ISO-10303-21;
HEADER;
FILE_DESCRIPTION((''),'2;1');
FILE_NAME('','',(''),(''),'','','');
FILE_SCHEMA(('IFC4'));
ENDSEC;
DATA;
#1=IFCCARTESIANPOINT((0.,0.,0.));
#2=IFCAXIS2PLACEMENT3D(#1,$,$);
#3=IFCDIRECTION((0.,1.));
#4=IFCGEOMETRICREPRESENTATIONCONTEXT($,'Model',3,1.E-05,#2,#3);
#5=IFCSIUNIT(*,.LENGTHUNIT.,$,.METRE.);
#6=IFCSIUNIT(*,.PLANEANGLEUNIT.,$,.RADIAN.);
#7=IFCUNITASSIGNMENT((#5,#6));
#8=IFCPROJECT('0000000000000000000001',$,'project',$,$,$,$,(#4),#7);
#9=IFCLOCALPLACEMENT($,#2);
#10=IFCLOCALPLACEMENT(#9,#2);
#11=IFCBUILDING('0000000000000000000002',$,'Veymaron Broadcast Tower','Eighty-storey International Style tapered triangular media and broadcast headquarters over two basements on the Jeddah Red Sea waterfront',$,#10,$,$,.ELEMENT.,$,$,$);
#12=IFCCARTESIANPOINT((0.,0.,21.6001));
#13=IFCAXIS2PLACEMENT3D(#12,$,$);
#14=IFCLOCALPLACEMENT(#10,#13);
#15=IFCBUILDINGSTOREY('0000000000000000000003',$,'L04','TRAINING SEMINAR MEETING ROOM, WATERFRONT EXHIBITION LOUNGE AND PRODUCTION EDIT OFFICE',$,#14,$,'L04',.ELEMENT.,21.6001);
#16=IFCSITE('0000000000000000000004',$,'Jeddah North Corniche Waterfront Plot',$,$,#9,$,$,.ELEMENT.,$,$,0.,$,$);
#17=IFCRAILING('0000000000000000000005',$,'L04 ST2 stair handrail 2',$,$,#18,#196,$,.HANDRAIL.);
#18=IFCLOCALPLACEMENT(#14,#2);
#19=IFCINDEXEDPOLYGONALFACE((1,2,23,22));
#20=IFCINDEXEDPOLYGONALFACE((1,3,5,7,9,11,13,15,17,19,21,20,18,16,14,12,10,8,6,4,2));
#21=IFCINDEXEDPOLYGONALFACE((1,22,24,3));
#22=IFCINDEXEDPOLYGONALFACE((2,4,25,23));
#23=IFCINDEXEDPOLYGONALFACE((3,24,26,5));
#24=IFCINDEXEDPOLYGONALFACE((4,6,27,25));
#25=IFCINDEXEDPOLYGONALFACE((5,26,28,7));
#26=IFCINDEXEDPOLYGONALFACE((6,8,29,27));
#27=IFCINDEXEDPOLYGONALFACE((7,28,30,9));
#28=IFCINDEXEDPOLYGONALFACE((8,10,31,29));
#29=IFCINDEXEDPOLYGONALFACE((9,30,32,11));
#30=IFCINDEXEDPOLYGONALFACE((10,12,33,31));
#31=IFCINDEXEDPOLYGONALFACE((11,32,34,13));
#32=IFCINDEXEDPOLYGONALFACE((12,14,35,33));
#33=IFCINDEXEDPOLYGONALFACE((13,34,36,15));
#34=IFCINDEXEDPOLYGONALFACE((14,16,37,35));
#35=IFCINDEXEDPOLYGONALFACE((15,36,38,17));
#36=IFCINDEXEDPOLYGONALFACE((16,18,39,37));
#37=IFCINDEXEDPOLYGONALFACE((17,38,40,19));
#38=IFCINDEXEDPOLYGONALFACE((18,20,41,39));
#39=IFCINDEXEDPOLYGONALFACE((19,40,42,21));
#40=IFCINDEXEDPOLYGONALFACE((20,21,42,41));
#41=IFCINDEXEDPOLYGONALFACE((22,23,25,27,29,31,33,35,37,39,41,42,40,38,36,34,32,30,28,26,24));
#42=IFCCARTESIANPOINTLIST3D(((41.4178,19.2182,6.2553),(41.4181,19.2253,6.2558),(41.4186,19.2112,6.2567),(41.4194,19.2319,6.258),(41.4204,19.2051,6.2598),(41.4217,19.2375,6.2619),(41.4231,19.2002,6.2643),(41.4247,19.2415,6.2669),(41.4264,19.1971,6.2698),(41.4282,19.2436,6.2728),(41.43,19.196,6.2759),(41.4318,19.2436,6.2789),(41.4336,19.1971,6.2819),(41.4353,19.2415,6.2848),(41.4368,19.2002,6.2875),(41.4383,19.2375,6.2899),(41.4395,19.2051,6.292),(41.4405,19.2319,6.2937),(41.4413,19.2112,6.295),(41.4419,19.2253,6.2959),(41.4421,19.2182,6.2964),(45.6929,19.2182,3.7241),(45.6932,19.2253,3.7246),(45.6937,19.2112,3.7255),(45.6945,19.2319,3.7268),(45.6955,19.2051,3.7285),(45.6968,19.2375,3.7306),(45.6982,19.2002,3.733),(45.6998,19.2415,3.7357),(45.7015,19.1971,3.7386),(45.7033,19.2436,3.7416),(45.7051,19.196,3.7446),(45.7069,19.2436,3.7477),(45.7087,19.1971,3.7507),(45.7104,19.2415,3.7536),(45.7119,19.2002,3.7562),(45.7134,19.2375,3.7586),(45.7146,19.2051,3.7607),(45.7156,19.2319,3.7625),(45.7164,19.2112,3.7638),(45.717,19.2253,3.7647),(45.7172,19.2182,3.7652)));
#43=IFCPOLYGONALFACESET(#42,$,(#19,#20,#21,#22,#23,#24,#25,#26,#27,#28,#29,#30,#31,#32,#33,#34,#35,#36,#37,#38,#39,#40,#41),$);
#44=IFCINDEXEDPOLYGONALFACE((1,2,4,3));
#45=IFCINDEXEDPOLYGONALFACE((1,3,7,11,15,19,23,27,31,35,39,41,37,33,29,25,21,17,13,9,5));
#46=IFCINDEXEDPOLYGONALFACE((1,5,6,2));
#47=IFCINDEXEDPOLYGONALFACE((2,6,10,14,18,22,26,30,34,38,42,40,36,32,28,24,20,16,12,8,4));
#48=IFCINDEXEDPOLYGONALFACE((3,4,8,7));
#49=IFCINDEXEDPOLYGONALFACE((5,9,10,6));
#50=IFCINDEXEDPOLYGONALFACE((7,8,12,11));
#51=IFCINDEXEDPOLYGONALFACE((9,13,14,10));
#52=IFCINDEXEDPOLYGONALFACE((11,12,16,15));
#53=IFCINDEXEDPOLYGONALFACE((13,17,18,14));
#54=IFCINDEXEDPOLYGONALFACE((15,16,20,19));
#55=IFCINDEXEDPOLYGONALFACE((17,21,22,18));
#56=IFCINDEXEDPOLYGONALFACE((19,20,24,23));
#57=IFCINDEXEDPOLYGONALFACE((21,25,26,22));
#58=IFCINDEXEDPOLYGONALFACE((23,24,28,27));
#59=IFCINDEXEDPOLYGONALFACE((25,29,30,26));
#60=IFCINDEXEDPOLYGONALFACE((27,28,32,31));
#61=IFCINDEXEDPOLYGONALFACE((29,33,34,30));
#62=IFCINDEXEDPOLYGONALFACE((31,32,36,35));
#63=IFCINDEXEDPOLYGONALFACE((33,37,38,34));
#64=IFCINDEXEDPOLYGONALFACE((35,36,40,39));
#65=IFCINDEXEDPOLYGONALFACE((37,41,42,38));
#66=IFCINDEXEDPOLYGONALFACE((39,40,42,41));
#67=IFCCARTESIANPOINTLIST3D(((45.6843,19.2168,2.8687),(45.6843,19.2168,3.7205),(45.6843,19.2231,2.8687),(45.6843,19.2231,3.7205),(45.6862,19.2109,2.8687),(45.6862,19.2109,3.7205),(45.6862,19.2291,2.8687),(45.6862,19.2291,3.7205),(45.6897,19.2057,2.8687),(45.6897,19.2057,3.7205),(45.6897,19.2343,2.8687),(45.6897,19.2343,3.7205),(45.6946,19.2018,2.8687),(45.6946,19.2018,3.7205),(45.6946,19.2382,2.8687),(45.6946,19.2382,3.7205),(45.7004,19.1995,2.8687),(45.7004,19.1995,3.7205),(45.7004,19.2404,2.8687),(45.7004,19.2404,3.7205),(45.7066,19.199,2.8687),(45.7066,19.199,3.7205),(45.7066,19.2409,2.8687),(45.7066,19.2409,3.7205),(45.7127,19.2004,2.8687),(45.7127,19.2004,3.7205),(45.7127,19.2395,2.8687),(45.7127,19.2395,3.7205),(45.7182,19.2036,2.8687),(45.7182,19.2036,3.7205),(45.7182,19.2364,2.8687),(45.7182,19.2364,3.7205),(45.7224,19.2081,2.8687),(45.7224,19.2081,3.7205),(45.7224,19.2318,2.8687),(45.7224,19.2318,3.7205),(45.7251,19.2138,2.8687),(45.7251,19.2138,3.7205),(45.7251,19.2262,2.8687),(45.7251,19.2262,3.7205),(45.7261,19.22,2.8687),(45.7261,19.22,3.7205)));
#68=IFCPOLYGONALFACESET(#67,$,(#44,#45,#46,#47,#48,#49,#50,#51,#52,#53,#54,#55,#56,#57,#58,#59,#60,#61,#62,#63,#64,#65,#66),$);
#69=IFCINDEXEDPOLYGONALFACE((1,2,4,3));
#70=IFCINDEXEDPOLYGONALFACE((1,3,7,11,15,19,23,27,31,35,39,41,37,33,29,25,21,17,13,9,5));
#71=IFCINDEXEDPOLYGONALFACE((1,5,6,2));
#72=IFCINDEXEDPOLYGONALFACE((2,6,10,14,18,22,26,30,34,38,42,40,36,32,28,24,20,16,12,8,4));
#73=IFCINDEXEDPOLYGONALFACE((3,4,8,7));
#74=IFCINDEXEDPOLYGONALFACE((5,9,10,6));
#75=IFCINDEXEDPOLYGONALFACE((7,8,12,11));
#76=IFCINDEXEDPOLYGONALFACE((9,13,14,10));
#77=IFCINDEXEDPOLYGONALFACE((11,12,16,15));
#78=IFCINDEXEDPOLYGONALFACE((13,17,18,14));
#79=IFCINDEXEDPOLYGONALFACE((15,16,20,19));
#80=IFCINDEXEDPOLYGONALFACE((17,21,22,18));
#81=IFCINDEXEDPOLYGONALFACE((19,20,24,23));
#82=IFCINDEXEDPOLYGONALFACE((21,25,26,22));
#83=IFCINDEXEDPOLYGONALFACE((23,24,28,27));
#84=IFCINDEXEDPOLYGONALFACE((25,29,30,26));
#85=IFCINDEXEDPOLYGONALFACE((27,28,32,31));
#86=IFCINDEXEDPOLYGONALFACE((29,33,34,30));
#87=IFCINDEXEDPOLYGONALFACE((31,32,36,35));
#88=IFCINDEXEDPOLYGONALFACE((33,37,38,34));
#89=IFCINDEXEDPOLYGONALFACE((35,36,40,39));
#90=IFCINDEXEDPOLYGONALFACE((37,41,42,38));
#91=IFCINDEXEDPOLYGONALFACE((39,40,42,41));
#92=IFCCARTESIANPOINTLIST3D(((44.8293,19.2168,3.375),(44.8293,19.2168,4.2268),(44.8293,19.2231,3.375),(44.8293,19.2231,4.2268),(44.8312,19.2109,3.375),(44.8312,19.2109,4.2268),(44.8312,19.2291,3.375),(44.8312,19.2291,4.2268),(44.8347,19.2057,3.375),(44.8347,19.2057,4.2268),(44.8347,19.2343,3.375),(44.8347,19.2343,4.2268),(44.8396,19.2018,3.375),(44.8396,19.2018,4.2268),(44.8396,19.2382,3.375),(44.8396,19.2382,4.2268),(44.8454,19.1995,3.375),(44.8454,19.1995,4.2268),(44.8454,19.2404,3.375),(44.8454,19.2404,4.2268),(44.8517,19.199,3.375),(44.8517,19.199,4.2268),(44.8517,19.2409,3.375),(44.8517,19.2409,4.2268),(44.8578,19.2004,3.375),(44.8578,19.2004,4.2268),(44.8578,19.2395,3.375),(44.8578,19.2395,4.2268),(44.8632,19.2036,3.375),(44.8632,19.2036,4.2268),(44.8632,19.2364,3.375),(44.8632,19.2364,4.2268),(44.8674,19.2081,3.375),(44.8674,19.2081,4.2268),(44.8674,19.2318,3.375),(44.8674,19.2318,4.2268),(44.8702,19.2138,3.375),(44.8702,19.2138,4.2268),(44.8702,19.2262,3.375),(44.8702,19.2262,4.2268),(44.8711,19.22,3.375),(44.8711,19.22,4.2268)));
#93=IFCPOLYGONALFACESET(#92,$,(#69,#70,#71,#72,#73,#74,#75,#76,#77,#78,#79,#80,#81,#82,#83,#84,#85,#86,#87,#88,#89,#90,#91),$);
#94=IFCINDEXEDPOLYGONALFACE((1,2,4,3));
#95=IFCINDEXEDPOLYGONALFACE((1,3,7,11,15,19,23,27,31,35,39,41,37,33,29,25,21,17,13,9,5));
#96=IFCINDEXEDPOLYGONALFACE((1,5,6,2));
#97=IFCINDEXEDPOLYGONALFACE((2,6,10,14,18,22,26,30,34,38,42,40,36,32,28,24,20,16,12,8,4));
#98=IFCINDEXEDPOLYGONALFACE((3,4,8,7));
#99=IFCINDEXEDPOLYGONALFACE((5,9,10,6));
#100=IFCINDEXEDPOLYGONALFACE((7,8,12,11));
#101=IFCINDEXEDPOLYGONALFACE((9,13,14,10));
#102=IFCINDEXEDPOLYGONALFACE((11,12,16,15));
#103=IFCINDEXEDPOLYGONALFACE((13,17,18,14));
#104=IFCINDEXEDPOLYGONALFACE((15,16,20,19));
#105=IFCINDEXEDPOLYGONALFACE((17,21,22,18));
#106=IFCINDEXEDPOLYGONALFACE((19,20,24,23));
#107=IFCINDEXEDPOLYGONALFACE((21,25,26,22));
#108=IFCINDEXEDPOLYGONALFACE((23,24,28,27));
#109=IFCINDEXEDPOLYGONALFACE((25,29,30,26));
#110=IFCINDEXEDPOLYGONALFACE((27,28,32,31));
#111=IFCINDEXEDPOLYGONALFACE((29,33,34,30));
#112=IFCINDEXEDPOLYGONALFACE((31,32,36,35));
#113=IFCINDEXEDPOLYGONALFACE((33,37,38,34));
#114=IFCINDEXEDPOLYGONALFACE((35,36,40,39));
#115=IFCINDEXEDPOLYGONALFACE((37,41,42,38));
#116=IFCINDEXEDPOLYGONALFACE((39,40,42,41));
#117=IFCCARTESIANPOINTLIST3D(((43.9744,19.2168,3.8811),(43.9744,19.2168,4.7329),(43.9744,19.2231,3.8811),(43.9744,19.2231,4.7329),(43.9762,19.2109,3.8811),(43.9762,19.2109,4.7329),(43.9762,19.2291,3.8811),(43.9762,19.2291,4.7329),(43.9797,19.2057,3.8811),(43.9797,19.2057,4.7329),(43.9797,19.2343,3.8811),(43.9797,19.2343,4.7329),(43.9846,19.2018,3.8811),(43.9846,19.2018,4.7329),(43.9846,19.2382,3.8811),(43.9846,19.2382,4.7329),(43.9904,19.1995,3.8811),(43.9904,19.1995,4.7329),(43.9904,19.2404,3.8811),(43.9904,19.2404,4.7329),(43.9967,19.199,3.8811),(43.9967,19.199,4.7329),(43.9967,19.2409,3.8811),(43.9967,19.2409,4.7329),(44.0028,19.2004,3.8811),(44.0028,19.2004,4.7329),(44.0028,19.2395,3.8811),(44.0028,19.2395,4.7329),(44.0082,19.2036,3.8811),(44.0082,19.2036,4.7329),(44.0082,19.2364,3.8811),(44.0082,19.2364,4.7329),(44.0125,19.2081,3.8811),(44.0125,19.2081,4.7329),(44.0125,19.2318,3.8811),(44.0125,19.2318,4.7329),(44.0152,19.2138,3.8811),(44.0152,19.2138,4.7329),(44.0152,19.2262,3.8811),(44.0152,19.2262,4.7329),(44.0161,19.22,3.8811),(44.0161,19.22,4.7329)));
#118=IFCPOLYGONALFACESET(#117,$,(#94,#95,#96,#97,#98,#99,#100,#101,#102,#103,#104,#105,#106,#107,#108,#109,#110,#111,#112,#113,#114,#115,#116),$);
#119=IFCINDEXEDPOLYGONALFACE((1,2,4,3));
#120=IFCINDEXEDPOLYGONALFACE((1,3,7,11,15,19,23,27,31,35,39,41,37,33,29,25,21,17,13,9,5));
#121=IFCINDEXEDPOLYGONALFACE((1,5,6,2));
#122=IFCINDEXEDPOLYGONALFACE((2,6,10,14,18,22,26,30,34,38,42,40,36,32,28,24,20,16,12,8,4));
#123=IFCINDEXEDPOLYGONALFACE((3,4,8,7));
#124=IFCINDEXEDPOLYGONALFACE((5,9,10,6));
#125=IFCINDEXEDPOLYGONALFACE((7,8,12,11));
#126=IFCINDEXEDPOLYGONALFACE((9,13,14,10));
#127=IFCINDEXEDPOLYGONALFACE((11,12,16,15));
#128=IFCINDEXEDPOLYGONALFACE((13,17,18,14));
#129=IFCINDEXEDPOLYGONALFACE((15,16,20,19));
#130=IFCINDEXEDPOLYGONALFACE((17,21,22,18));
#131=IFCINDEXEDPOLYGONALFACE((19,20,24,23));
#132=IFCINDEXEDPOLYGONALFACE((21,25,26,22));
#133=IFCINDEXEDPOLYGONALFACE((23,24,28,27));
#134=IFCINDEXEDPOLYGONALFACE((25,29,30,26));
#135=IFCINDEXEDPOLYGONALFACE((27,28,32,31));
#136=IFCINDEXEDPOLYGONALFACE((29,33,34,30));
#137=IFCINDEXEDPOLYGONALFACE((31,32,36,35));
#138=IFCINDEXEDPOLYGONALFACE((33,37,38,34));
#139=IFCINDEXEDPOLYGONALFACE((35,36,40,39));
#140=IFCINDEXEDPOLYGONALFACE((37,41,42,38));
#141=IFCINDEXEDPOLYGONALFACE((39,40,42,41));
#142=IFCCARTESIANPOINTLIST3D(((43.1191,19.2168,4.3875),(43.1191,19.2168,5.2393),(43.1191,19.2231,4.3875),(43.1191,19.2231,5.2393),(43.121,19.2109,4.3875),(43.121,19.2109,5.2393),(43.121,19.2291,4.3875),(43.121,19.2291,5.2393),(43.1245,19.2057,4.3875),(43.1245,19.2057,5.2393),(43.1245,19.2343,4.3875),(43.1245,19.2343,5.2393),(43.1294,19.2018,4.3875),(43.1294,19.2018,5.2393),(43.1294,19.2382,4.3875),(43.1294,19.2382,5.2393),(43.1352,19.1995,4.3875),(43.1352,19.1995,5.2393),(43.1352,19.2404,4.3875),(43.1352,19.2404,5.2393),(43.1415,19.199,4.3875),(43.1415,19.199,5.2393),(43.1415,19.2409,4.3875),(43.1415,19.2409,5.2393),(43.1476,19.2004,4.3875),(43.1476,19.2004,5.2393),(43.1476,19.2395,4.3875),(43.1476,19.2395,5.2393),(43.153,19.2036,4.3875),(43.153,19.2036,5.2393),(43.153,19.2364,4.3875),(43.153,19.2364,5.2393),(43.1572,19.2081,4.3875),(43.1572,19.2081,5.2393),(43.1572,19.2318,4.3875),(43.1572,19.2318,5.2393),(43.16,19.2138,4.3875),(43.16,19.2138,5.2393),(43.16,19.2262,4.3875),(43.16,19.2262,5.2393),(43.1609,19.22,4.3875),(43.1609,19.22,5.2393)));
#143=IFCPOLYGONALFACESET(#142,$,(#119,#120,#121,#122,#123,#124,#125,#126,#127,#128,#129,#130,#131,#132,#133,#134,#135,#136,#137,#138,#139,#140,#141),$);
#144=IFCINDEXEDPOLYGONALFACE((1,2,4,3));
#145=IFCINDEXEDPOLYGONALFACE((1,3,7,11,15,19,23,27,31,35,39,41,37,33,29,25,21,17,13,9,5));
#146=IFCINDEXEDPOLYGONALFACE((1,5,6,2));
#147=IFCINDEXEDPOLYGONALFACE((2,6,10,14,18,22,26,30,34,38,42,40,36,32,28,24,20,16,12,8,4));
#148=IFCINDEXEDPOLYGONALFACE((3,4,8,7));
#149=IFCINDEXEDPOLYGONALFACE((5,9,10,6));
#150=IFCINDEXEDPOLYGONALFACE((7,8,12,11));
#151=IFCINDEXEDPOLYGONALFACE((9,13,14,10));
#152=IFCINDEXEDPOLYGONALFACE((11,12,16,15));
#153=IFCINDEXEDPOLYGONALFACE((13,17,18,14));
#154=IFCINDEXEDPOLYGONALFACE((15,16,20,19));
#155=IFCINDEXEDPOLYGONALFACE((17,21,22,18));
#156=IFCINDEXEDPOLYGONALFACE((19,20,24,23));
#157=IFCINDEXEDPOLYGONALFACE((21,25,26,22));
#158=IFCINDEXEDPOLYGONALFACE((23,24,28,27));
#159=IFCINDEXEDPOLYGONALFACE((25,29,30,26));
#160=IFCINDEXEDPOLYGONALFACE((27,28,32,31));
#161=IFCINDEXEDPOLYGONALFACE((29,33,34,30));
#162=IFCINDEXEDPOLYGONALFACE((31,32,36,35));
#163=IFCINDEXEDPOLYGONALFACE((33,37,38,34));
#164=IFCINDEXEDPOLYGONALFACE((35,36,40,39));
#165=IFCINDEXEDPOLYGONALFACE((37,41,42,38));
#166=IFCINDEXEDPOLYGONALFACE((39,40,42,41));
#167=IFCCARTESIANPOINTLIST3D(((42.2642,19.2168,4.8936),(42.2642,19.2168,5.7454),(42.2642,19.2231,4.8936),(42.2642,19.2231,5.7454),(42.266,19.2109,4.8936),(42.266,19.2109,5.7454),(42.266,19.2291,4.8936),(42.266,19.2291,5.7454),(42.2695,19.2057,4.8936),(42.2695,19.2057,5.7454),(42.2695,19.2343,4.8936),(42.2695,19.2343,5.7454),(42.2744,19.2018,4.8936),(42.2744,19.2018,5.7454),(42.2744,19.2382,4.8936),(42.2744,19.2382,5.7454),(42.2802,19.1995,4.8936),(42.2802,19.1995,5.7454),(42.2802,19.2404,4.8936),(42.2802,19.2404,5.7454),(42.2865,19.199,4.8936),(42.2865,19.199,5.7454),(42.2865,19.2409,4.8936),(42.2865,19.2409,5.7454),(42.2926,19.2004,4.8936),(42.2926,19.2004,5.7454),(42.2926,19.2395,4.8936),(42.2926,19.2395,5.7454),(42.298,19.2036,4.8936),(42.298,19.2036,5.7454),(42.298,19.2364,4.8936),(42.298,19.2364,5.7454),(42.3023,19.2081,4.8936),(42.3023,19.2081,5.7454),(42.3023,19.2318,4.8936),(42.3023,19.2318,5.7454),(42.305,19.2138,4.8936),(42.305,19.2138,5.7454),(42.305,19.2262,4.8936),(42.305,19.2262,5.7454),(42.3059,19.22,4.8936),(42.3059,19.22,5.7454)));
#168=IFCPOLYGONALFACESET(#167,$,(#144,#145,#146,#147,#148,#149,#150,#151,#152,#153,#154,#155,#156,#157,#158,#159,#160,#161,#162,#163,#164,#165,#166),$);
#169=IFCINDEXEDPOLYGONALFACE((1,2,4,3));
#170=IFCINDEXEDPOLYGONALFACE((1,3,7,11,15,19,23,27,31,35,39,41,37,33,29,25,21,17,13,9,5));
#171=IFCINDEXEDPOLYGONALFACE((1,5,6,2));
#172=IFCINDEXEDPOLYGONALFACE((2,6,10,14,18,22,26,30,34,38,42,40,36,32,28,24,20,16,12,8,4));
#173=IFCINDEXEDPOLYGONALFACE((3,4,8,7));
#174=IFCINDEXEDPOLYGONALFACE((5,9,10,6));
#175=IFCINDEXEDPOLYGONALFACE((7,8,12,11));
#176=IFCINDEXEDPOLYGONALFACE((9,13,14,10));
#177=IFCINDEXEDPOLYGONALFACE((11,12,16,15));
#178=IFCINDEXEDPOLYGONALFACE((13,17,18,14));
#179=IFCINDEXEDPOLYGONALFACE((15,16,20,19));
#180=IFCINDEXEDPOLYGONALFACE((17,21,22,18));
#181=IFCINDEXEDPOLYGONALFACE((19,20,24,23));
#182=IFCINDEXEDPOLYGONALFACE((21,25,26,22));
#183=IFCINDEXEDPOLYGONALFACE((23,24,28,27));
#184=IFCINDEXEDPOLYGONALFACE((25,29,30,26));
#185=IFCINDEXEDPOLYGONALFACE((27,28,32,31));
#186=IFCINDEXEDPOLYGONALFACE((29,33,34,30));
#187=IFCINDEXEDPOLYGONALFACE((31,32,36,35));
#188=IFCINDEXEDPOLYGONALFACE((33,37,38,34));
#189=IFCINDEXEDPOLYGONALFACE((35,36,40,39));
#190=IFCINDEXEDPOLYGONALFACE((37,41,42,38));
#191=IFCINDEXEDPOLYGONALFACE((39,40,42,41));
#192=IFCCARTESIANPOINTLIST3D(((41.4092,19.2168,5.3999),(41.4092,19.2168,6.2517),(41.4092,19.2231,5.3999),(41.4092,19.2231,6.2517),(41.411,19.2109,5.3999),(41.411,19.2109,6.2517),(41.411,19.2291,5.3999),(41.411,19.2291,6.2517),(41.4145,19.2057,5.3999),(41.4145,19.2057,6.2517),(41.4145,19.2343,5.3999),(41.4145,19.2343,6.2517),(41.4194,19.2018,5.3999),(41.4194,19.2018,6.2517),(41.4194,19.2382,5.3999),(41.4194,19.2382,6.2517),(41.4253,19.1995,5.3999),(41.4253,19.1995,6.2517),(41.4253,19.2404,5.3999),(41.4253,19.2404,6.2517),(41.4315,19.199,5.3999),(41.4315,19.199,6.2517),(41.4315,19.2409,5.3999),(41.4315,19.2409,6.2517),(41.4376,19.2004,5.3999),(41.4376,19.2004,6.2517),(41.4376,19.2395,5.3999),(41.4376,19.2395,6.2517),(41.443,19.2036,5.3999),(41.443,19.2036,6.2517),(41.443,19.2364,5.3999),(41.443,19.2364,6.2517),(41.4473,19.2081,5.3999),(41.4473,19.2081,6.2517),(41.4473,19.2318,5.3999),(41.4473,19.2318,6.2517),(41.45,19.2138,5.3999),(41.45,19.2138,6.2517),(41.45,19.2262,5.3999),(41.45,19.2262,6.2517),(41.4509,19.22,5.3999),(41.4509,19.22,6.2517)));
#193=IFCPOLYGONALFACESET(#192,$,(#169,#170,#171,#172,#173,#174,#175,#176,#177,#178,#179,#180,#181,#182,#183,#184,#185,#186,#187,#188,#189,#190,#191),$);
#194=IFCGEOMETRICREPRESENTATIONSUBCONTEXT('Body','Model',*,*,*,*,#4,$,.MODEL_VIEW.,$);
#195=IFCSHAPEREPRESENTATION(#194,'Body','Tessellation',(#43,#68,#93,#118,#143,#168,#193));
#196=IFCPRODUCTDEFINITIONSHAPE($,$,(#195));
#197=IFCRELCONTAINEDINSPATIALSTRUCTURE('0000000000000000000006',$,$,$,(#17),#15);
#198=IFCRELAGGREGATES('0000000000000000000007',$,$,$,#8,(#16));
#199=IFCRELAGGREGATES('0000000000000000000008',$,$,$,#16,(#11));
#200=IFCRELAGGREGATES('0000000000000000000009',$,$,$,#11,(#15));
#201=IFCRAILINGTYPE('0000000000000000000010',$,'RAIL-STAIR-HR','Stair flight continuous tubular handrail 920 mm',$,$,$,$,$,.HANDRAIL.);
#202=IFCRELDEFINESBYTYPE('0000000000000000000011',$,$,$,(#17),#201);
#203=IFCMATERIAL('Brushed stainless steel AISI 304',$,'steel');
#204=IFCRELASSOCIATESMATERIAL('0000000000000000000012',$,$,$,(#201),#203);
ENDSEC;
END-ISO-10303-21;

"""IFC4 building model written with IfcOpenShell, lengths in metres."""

from ifc_helpers import new_model, si_unit, direction, frame, origin, origin_2d, place, context, subcontext, project, spatial, circle, extrude, material, type_object, element, save


model = new_model("IFC4")

# Units and contexts
model_context = context("Model", 3, precision=1e-05, world=origin(), true_north=direction((0.0, 1.0)))
body_context = subcontext(model_context, "Body", "Model", "MODEL_VIEW")
ifc_project = project(units=[si_unit("LENGTHUNIT", "METRE"), si_unit("PLANEANGLEUNIT", "RADIAN")], contexts=[model_context])

# Site, building, storey
site_placement = place(None, origin())
site = spatial("IfcSite", under=ifc_project, at=site_placement, Name="Jeddah North Corniche Waterfront Plot", CompositionType="ELEMENT", RefElevation=0.0)
building_placement = place(site_placement, origin())
building = spatial("IfcBuilding", under=site, at=building_placement, Name="Veymaron Broadcast Tower", Description="Eighty-storey International Style tapered triangular media and broadcast headquarters over two basements on the Jeddah Red Sea waterfront", CompositionType="ELEMENT")
storey_placement = place(building_placement, frame((0.0, 0.0, 21.6001)))
storey = spatial("IfcBuildingStorey", under=building, at=storey_placement, Name="L04", Description="TRAINING SEMINAR MEETING ROOM, WATERFRONT EXHIBITION LOUNGE AND PRODUCTION EDIT OFFICE", LongName="L04", CompositionType="ELEMENT", Elevation=21.6001)

# Shared definitions
ifc_material_1 = material(Name="Brushed stainless steel AISI 304", Category="steel")

# Railing
railing_type_1 = type_object("IfcRailingType", Name="RAIL-STAIR-HR", Description="Stair flight continuous tubular handrail 920 mm", PredefinedType="HANDRAIL", material=ifc_material_1)
railing_1_placement = place(storey_placement, frame((45.7051, 19.22, 2.8687)))
element("IfcRailing", 1, at=railing_1_placement, inside=storey, type_object=railing_type_1, Name="L04 ST2 stair handrail 2", PredefinedType="HANDRAIL", context=body_context, shape_type="SweptSolid", body=[
    extrude(circle(Radius=0.0239, at=origin_2d()), frame((0.0, 0.0, 0.876), z_axis=(-0.860483, 0.0, 0.509479), x_axis=(0.0, -1.0, 0.0)), (0.0, 0.0, 1.0), 4.9683),
    extrude(circle(Radius=0.021, at=origin_2d()), origin(), (0.0, 0.0, 1.0), 0.8518),
    extrude(circle(Radius=0.021, at=origin_2d()), frame((-0.855, 0.0, 0.5063)), (0.0, 0.0, 1.0), 0.8518),
    extrude(circle(Radius=0.021, at=origin_2d()), frame((-1.71, 0.0, 1.0125)), (0.0, 0.0, 1.0), 0.8518),
    extrude(circle(Radius=0.021, at=origin_2d()), frame((-2.5652, 0.0, 1.5188)), (0.0, 0.0, 1.0), 0.8518),
    extrude(circle(Radius=0.021, at=origin_2d()), frame((-3.4202, 0.0, 2.0249)), (0.0, 0.0, 1.0), 0.8518),
    extrude(circle(Radius=0.021, at=origin_2d()), frame((-4.2751, 0.0, 2.5312)), (0.0, 0.0, 1.0), 0.8518),
])

save(model, "model.ifc")
